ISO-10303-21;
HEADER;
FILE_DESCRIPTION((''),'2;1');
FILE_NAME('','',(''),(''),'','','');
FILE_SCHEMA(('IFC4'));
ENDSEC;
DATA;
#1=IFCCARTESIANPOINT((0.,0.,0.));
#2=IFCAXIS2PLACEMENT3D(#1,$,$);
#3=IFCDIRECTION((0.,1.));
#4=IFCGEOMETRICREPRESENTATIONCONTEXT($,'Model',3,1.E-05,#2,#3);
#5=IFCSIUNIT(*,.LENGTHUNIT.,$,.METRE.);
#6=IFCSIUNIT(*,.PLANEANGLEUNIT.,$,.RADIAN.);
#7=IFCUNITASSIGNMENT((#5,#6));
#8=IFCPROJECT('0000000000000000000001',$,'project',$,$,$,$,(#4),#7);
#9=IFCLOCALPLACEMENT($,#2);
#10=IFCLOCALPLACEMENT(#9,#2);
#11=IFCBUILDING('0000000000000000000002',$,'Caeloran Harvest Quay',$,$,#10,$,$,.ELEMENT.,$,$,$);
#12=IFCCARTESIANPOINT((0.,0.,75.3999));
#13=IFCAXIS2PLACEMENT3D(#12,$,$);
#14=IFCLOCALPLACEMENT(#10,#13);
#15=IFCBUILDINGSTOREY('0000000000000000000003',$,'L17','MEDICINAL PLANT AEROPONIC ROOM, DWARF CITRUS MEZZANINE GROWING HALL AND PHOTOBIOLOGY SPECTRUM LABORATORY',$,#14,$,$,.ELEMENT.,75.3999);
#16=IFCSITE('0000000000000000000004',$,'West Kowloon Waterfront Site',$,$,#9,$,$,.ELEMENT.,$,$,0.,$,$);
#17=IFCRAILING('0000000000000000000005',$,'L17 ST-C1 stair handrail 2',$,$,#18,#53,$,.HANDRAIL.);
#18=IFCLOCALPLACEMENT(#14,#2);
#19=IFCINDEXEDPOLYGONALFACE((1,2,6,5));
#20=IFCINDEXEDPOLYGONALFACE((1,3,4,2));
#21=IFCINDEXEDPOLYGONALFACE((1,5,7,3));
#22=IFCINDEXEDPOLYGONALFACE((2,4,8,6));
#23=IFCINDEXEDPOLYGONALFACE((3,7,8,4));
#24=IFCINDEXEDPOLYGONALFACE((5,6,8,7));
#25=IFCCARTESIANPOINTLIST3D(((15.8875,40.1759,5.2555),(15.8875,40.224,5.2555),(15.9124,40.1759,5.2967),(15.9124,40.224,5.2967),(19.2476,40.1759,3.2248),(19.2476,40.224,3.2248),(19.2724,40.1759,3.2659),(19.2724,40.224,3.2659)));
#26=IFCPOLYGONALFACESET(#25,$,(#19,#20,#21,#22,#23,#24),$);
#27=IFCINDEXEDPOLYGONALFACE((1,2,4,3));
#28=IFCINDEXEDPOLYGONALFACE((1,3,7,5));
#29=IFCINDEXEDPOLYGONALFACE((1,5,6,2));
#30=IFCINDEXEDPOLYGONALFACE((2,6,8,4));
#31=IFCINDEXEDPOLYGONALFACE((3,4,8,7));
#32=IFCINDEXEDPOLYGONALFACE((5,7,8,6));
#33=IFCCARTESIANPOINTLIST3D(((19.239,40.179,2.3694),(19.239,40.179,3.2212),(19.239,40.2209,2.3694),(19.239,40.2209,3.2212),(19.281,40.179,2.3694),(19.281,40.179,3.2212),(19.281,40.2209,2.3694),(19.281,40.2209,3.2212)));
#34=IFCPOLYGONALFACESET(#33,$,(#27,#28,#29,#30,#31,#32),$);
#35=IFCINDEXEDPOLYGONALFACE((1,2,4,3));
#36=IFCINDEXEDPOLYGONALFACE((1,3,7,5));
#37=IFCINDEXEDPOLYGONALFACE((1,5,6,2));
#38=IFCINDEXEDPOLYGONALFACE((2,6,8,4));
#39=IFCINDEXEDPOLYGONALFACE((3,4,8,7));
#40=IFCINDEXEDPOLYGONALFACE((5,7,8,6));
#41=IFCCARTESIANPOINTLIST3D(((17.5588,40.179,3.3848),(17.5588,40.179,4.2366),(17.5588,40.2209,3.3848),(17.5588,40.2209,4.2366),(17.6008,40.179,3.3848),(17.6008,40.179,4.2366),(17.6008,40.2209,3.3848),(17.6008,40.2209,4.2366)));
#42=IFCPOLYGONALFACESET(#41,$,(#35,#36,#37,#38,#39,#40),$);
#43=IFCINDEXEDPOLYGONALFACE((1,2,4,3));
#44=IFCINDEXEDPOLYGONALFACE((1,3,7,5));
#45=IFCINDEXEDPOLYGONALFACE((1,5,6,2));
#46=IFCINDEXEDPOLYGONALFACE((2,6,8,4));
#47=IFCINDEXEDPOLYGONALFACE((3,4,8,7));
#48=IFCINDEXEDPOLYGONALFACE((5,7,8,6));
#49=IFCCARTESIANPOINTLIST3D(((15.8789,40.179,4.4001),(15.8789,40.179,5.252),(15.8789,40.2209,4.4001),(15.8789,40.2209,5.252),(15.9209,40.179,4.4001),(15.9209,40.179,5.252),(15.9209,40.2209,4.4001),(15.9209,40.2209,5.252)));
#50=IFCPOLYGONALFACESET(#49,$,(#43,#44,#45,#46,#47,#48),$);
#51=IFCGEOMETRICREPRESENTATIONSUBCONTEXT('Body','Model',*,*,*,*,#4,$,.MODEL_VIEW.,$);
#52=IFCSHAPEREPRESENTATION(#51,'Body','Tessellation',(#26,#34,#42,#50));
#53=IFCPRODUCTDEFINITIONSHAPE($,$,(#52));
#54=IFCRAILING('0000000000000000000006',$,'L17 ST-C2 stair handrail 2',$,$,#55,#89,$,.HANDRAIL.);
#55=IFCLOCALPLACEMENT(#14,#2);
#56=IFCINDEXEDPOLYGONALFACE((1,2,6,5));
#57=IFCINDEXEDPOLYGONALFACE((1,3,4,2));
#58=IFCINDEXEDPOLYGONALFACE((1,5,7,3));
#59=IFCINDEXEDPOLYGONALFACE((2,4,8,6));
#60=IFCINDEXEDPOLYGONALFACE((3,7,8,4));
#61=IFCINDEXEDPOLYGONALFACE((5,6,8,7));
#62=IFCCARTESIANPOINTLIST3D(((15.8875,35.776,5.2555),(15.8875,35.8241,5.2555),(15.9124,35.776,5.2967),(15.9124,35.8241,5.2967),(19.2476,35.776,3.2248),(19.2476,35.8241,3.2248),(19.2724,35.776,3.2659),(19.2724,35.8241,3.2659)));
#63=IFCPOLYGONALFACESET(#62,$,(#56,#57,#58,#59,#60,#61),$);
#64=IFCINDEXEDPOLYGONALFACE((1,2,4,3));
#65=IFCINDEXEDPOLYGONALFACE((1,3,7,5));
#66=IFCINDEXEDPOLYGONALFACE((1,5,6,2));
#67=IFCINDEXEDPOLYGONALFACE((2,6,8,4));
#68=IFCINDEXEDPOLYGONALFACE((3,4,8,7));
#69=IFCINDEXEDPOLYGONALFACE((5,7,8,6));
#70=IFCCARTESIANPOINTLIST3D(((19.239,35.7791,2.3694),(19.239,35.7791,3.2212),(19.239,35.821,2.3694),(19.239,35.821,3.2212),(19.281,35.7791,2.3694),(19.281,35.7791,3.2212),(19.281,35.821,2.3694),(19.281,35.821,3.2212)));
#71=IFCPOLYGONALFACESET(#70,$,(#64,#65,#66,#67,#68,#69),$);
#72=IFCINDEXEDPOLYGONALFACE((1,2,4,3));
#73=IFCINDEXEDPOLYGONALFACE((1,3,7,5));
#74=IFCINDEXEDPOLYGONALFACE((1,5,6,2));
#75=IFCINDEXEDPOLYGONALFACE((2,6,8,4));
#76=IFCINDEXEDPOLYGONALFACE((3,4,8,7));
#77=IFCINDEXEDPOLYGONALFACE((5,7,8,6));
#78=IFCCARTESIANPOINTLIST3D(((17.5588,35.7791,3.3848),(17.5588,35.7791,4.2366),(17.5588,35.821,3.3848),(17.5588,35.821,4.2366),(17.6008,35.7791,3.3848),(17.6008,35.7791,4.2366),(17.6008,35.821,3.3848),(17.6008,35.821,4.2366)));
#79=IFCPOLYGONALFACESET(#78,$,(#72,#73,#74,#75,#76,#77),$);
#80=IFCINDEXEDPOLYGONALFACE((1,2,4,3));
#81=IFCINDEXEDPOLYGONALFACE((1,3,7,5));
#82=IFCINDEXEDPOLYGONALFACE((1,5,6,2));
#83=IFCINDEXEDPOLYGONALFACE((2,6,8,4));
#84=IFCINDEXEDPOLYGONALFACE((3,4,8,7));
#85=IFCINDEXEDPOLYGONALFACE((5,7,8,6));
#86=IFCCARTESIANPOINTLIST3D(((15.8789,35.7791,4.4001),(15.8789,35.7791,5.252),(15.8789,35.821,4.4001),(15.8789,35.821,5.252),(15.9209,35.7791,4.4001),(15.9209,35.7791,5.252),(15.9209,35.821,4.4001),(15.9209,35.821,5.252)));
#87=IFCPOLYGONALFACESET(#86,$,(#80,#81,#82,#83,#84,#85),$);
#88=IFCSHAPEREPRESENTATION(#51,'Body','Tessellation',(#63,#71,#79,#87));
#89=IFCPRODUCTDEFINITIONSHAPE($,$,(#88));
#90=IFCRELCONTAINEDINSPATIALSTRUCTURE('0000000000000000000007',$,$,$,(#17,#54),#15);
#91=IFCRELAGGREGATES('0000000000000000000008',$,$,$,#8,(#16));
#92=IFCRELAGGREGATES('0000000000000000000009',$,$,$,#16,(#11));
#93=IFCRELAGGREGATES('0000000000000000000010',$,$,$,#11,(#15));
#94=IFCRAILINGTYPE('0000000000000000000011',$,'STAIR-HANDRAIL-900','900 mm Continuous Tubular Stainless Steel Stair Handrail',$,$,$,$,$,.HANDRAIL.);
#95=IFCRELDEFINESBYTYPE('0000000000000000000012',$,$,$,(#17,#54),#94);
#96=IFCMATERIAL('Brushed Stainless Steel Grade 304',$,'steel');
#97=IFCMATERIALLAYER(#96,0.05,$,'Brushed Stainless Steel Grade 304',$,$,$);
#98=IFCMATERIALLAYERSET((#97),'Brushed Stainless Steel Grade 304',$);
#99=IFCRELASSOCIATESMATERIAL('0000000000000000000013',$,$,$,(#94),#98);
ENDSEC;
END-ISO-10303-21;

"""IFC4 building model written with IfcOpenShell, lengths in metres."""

from ifc_helpers import new_model, si_unit, direction, frame, origin, origin_2d, place, context, subcontext, project, spatial, rectangle, extrude, material, layer, layer_set, type_object, element, save


model = new_model("IFC4")

# Units and contexts
model_context = context("Model", 3, precision=1e-05, world=origin(), true_north=direction((0.0, 1.0)))
body_context = subcontext(model_context, "Body", "Model", "MODEL_VIEW")
ifc_project = project(units=[si_unit("LENGTHUNIT", "METRE"), si_unit("PLANEANGLEUNIT", "RADIAN")], contexts=[model_context])

# Site, building, storey
site_placement = place(None, origin())
site = spatial("IfcSite", under=ifc_project, at=site_placement, Name="West Kowloon Waterfront Site", CompositionType="ELEMENT", RefElevation=0.0)
building_placement = place(site_placement, origin())
building = spatial("IfcBuilding", under=site, at=building_placement, Name="Caeloran Harvest Quay", CompositionType="ELEMENT")
storey_placement = place(building_placement, frame((0.0, 0.0, 75.3999)))
storey = spatial("IfcBuildingStorey", under=building, at=storey_placement, Name="L17", Description="MEDICINAL PLANT AEROPONIC ROOM, DWARF CITRUS MEZZANINE GROWING HALL AND PHOTOBIOLOGY SPECTRUM LABORATORY", CompositionType="ELEMENT", Elevation=75.3999)

# Railings
ifc_material_1 = material(Name="Brushed Stainless Steel Grade 304", Category="steel")
ifc_layer_1 = layer(ifc_material_1, 0.05, Name="Brushed Stainless Steel Grade 304")
ifc_layer_set_1 = layer_set([ifc_layer_1], Name="Brushed Stainless Steel Grade 304")
railing_type_1 = type_object("IfcRailingType", Name="STAIR-HANDRAIL-900", Description="900 mm Continuous Tubular Stainless Steel Stair Handrail", PredefinedType="HANDRAIL", material=ifc_layer_set_1)
for number, where, name in (
    (1, (19.26, 40.2, 2.3694), "L17 ST-C1 stair handrail 2"),
    (2, (19.26, 35.8, 2.3694), "L17 ST-C2 stair handrail 2"),
):
    element("IfcRailing", number, at=place(storey_placement, frame(where)), inside=storey, type_object=railing_type_1, Name=name, PredefinedType="HANDRAIL", context=body_context, shape_type="SweptSolid", body=[
        extrude(rectangle(XDim=0.0481, YDim=0.0481, at=origin_2d()), frame((0.0, 0.0, 0.876), z_axis=(-0.855837, 0.0, 0.517246), x_axis=(0.0, -1.0, 0.0)), (0.0, 0.0, 1.0), 3.926),
        extrude(rectangle(XDim=0.042, YDim=0.042, at=origin_2d()), origin(), (0.0, 0.0, 1.0), 0.8518),
        extrude(rectangle(XDim=0.042, YDim=0.042, at=origin_2d()), frame((-1.6802, 0.0, 1.0154)), (0.0, 0.0, 1.0), 0.8518),
        extrude(rectangle(XDim=0.042, YDim=0.042, at=origin_2d()), frame((-3.3601, 0.0, 2.0308)), (0.0, 0.0, 1.0), 0.8518),
    ])

save(model, "model.ifc")
